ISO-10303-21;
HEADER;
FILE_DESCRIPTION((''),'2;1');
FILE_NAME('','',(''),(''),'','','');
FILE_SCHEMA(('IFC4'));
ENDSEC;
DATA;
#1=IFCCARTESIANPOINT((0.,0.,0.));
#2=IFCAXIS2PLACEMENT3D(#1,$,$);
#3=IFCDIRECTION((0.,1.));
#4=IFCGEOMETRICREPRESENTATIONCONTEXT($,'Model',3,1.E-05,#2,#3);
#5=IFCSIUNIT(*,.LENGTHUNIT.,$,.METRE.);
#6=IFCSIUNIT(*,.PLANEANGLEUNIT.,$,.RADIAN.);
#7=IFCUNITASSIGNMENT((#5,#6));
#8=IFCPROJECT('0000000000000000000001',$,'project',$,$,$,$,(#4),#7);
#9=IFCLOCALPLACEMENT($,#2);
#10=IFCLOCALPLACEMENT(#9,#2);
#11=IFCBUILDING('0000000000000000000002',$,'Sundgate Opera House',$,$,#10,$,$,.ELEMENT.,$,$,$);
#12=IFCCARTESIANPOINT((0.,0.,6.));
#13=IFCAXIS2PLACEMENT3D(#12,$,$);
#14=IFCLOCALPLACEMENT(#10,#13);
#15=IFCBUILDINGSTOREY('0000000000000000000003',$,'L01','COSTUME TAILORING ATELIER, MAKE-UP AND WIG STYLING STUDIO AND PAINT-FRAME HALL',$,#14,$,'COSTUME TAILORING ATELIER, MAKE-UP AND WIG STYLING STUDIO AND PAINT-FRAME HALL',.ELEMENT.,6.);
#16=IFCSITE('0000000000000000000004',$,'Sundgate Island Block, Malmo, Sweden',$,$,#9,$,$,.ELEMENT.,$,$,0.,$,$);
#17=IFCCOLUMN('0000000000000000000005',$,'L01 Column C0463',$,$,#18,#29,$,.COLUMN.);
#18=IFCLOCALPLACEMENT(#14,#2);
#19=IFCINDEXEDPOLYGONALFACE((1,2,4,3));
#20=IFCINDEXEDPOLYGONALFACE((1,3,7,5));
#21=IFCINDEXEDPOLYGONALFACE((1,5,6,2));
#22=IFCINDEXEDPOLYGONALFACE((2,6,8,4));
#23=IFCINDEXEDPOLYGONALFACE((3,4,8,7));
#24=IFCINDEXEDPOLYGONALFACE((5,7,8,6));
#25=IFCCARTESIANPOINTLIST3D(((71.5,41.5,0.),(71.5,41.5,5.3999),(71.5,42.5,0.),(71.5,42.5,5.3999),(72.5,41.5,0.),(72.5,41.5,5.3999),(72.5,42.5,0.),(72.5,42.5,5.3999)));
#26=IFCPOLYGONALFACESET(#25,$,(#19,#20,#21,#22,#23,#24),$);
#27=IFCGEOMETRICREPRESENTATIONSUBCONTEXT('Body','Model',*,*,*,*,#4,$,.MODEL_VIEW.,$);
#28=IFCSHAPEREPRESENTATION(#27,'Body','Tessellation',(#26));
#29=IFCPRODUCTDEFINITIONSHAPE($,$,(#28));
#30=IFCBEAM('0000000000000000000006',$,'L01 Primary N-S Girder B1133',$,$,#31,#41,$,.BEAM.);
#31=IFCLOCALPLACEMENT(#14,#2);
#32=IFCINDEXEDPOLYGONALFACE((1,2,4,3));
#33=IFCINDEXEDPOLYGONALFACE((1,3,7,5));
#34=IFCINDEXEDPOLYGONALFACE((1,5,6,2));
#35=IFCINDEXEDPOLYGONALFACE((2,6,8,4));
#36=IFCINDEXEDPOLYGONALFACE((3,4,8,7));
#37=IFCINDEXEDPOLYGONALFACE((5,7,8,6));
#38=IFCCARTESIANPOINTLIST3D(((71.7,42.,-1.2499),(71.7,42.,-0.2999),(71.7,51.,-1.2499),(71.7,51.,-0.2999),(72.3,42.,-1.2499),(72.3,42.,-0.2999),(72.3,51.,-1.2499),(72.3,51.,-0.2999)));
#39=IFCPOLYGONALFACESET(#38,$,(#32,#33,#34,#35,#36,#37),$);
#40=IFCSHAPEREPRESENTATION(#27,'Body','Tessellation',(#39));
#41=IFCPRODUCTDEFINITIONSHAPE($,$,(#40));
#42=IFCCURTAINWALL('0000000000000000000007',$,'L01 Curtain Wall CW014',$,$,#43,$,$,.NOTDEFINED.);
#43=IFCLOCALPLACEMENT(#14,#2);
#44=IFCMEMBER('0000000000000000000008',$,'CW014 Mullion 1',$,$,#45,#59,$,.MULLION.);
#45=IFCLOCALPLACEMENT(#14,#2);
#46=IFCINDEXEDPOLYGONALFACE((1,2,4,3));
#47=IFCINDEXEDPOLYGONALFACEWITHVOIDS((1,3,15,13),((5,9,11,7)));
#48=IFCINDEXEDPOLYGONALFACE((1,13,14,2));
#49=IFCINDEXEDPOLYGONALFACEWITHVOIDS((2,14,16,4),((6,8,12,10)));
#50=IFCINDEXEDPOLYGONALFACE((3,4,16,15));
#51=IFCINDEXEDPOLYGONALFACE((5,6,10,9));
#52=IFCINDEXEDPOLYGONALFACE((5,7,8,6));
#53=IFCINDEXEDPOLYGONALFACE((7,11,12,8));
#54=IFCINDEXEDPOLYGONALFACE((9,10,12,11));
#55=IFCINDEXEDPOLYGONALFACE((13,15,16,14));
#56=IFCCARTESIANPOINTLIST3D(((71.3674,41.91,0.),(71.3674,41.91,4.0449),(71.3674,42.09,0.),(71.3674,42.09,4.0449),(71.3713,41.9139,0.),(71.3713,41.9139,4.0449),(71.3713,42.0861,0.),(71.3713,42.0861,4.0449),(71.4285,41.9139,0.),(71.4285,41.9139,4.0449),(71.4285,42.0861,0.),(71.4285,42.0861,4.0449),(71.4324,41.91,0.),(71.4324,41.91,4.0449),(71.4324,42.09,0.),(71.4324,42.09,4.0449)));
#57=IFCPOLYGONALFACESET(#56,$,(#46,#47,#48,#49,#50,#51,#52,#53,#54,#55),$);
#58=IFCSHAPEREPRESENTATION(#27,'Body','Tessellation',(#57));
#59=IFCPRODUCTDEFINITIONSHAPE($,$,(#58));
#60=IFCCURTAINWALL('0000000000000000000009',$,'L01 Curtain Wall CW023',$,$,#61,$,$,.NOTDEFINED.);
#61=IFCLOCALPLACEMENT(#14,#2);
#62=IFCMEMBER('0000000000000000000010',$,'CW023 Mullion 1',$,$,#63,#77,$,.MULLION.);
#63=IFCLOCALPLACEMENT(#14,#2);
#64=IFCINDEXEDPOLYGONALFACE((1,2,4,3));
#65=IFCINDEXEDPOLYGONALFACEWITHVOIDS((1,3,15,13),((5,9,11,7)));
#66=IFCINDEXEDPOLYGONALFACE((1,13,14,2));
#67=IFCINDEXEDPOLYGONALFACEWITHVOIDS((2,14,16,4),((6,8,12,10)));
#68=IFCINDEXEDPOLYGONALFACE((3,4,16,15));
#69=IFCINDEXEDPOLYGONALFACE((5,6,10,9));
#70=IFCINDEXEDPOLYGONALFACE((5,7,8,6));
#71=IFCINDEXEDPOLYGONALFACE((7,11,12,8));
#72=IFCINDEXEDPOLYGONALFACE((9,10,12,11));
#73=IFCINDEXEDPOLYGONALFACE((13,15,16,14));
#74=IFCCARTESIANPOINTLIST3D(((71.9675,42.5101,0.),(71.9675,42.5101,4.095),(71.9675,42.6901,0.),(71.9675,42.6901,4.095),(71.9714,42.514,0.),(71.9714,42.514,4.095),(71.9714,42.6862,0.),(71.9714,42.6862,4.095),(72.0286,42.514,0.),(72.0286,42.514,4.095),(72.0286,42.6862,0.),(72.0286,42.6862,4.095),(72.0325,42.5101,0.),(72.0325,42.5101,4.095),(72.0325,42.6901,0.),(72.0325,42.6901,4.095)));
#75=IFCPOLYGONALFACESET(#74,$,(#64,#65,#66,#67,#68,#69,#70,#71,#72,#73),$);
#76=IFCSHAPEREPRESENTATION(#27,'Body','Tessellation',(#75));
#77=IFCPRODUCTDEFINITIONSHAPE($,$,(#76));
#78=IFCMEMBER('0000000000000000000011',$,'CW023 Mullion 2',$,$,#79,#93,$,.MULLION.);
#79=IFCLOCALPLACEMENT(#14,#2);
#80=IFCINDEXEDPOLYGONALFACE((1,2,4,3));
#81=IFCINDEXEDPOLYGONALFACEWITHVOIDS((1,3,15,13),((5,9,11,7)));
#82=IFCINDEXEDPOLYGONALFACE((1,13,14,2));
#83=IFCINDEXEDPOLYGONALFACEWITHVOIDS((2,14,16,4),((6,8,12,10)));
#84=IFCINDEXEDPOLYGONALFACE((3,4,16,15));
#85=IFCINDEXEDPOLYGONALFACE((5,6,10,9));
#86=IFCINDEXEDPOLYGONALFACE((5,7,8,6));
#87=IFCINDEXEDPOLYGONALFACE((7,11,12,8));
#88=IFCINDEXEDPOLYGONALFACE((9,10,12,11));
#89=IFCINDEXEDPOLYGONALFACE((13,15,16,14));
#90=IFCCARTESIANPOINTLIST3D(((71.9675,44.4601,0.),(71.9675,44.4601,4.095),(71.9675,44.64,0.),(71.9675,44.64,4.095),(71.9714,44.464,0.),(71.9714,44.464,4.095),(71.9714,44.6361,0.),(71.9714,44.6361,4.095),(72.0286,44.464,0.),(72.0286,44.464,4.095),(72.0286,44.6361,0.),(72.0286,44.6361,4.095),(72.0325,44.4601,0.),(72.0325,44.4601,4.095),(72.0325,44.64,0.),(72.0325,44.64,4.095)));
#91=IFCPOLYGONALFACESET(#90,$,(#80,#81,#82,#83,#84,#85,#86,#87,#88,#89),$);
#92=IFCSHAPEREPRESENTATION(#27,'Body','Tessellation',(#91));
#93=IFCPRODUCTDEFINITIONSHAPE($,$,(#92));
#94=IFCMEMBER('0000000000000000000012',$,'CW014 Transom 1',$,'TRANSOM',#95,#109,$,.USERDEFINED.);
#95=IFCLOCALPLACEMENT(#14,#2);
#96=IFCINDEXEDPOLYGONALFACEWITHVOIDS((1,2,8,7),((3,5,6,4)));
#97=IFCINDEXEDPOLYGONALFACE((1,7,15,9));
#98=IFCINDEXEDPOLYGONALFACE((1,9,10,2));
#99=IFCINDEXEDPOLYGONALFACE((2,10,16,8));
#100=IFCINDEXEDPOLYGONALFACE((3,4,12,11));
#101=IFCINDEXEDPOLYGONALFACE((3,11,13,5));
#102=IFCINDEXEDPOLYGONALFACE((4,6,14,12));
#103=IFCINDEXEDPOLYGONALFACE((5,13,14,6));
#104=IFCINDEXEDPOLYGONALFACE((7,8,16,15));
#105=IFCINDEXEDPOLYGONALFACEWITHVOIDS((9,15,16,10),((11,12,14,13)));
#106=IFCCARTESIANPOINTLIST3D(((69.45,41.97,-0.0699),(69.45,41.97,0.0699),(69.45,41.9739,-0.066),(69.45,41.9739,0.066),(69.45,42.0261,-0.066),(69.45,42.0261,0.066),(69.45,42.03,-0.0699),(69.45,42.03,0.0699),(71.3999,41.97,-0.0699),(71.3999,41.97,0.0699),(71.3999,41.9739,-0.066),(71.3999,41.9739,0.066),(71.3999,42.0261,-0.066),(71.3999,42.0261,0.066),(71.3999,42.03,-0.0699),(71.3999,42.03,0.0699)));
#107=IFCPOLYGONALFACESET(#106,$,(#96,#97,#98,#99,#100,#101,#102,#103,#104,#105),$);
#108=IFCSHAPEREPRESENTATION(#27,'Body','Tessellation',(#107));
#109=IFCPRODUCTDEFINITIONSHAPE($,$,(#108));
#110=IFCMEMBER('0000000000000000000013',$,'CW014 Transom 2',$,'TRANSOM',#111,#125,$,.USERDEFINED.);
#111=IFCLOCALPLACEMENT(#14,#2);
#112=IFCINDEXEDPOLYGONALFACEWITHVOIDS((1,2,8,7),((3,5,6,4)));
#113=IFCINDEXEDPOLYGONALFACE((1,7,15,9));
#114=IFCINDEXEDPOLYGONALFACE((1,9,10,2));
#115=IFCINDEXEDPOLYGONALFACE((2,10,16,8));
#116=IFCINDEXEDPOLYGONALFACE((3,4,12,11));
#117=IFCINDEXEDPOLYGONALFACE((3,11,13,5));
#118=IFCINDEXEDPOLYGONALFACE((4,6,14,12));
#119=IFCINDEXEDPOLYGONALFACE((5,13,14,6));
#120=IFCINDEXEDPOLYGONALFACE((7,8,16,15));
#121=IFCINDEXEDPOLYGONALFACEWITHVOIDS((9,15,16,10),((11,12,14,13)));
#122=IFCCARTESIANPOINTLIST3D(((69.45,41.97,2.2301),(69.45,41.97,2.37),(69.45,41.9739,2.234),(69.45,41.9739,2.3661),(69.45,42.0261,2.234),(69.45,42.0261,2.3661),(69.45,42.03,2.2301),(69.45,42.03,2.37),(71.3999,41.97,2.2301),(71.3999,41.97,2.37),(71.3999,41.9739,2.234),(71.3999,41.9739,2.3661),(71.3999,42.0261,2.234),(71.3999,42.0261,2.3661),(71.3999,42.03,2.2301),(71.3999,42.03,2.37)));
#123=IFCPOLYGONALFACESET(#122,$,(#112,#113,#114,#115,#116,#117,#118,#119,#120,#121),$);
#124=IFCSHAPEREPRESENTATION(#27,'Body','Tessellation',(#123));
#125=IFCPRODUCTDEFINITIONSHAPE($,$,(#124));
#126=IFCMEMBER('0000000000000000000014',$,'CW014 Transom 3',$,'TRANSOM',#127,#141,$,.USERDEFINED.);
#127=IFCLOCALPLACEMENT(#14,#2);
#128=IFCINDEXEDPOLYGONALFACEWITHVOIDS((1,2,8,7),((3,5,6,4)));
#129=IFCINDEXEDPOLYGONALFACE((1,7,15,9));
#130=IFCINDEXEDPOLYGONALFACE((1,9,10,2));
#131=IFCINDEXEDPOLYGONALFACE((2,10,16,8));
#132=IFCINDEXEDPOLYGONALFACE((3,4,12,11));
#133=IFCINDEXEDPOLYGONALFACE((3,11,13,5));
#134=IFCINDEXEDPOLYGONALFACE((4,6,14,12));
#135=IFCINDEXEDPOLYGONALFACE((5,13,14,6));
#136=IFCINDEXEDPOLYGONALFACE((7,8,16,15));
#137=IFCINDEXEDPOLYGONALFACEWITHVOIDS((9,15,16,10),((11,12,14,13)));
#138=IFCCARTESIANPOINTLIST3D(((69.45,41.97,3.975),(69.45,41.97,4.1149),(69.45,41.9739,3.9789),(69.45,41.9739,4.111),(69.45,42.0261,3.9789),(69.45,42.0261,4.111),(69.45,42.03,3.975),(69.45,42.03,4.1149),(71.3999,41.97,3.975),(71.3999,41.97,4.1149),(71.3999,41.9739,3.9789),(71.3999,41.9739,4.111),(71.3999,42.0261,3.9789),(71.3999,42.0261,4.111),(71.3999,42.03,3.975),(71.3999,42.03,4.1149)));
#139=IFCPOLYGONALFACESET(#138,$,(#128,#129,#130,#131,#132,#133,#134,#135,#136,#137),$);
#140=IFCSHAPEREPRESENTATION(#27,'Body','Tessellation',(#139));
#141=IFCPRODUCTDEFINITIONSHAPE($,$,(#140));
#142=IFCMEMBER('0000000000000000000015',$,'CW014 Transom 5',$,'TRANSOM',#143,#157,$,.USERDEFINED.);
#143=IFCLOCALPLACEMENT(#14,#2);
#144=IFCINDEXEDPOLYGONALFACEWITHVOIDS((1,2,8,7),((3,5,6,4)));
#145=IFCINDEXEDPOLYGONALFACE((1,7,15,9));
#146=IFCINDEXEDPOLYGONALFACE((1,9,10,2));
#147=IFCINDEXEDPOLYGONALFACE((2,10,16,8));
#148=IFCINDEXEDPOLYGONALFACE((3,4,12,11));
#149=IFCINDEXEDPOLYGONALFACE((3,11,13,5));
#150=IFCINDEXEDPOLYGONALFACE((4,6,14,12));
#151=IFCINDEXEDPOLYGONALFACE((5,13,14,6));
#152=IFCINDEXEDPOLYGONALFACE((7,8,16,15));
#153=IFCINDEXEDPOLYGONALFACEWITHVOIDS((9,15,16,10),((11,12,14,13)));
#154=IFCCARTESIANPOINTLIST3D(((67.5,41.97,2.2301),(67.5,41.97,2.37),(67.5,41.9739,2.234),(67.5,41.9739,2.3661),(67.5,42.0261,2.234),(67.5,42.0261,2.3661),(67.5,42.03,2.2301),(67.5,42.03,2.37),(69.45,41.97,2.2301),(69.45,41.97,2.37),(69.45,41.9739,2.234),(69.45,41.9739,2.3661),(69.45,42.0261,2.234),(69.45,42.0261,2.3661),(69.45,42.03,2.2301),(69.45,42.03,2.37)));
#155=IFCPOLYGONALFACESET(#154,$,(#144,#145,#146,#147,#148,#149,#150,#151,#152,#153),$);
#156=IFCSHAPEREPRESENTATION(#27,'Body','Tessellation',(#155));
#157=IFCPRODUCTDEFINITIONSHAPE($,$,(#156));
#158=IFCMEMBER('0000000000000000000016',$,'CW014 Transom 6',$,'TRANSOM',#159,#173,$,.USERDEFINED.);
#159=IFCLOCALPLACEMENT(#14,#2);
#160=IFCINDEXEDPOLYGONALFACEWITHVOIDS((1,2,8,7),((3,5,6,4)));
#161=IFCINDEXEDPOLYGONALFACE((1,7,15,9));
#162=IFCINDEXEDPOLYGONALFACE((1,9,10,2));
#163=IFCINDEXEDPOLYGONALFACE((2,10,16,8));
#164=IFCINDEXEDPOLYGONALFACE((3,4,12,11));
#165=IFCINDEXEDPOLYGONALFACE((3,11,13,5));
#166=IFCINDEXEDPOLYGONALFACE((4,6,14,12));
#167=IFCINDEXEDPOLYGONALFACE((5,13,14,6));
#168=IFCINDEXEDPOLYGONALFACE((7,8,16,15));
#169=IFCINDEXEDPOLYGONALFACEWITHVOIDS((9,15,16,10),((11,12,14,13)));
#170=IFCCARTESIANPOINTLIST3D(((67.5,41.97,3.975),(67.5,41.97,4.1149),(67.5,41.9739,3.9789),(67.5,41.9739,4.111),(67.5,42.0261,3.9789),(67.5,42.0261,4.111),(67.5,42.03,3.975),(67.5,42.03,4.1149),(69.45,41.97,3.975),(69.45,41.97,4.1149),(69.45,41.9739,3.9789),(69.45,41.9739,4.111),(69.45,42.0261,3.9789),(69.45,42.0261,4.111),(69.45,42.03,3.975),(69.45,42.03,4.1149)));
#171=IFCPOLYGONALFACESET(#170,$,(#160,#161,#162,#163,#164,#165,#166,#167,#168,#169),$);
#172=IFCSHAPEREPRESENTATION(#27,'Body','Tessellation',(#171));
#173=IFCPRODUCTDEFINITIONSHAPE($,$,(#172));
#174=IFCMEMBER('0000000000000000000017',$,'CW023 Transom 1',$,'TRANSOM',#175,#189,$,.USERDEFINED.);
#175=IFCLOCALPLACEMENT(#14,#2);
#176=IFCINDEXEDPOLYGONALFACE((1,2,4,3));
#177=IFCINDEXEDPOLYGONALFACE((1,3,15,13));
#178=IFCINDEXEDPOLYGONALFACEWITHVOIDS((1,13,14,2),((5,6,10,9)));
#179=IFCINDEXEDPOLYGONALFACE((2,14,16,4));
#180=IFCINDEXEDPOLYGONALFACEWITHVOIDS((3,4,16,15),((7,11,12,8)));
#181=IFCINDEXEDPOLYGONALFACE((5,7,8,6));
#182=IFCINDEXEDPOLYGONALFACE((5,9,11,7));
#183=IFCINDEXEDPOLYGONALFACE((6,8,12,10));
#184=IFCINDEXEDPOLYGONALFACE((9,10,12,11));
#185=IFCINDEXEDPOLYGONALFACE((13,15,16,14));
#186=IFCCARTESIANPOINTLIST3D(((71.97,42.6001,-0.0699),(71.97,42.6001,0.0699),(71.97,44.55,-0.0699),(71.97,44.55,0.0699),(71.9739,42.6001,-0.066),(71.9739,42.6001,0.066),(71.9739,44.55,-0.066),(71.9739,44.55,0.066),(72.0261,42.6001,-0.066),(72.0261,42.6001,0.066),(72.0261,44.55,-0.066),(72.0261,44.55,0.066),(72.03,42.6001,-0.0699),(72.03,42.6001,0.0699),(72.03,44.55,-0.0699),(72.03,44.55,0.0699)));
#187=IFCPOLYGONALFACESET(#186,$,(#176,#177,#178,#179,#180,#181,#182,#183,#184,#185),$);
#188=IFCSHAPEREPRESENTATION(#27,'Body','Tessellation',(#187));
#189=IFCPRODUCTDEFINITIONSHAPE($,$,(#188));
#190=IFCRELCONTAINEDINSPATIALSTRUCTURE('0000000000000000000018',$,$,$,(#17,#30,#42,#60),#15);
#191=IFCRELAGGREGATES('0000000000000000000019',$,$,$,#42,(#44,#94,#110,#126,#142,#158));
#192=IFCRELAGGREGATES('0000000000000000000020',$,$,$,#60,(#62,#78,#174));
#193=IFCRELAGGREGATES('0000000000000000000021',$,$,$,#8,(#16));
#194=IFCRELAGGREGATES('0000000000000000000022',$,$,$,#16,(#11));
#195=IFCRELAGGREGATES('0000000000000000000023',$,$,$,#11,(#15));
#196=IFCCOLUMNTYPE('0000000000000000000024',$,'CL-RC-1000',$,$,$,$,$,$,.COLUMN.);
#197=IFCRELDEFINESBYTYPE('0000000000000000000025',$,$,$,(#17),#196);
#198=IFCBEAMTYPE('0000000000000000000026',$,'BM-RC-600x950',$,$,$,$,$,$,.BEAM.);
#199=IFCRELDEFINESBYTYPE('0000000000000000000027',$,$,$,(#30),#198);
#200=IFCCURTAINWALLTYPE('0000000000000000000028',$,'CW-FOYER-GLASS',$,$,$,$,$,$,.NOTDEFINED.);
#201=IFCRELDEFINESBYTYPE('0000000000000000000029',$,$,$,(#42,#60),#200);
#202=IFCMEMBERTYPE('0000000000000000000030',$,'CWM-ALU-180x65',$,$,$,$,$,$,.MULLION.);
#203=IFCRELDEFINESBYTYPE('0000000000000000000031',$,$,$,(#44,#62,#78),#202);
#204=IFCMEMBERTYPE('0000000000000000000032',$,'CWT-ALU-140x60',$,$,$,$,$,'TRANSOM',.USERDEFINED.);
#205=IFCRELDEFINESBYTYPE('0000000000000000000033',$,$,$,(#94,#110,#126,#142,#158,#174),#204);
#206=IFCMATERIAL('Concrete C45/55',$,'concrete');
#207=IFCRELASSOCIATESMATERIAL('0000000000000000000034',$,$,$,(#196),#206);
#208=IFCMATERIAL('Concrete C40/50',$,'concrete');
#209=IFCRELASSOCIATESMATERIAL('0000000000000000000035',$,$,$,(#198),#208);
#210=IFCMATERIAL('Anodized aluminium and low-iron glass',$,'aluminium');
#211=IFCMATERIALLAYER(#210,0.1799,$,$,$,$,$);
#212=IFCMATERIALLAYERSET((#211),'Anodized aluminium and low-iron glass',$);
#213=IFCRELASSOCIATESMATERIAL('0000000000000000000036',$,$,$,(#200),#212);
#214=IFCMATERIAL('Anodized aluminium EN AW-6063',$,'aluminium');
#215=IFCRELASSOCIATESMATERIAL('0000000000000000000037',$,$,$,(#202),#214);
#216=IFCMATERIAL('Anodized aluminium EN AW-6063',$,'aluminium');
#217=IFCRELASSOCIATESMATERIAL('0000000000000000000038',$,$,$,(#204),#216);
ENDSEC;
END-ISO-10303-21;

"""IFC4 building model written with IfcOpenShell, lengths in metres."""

from ifc_helpers import new_model, si_unit, direction, frame, origin, origin_2d, place, context, subcontext, project, spatial, rectangle, hollow_rectangle, extrude, material, layer, layer_set, material_profile, profile_set, type_object, element, aggregate, save


model = new_model("IFC4")

# Units and contexts
model_context = context("Model", 3, precision=1e-05, world=origin(), true_north=direction((0.0, 1.0)))
body_context = subcontext(model_context, "Body", "Model", "MODEL_VIEW")
ifc_project = project(units=[si_unit("LENGTHUNIT", "METRE"), si_unit("PLANEANGLEUNIT", "RADIAN")], contexts=[model_context])

# Site, building, storey
site_placement = place(None, origin())
site = spatial("IfcSite", under=ifc_project, at=site_placement, Name="Sundgate Island Block, Malmo, Sweden", CompositionType="ELEMENT", RefElevation=0.0)
building_placement = place(site_placement, origin())
building = spatial("IfcBuilding", under=site, at=building_placement, Name="Sundgate Opera House", CompositionType="ELEMENT")
storey_placement = place(building_placement, frame((0.0, 0.0, 6.0)))
storey = spatial("IfcBuildingStorey", under=building, at=storey_placement, Name="L01", Description="COSTUME TAILORING ATELIER, MAKE-UP AND WIG STYLING STUDIO AND PAINT-FRAME HALL", LongName="COSTUME TAILORING ATELIER, MAKE-UP AND WIG STYLING STUDIO AND PAINT-FRAME HALL", CompositionType="ELEMENT", Elevation=6.0)

# Column
ifc_material_1 = material(Name="Concrete C45/55", Category="concrete")
ifc_material_profile_1 = material_profile(ifc_material_1, rectangle(XDim=1.0, YDim=1.0, at=origin_2d()), Name="RC 1000x1000")
ifc_profile_set_1 = profile_set([ifc_material_profile_1], Name="Concrete C45/55")
column_type = type_object("IfcColumnType", Name="CL-RC-1000", PredefinedType="COLUMN", material=ifc_profile_set_1)
column_placement = place(storey_placement, frame((72.0, 42.0, 0.0), z_axis=(0.0, 0.0, 1.0), x_axis=(1.0, 0.0, 0.0)))
element("IfcColumn", 1, at=column_placement, inside=storey, type_object=column_type, Name="L01 Column C0463", PredefinedType="COLUMN", context=body_context, shape_type="SweptSolid", body=[
    extrude(rectangle(XDim=1.0, YDim=1.0, at=origin_2d()), origin(), (0.0, 0.0, 1.0), 5.3999),
])

# Beam
ifc_material_2 = material(Name="Concrete C40/50", Category="concrete")
ifc_material_profile_2 = material_profile(ifc_material_2, rectangle(XDim=0.6001, YDim=0.95, at=origin_2d()), Name="RC 600x950")
ifc_profile_set_2 = profile_set([ifc_material_profile_2], Name="Concrete C40/50")
beam_type = type_object("IfcBeamType", Name="BM-RC-600x950", PredefinedType="BEAM", material=ifc_profile_set_2)
beam_placement = place(storey_placement, frame((72.0, 42.0, -0.7749), z_axis=(0.0, 1.0, 0.0), x_axis=(-1.0, 0.0, 0.0)))
element("IfcBeam", 2, at=beam_placement, inside=storey, type_object=beam_type, Name="L01 Primary N-S Girder B1133", PredefinedType="BEAM", context=body_context, shape_type="SweptSolid", body=[
    extrude(rectangle(XDim=0.6001, YDim=0.95, at=origin_2d()), origin(), (0.0, 0.0, 1.0), 9.0),
])

# Curtain wall, member
ifc_material_3 = material(Name="Anodized aluminium and low-iron glass", Category="aluminium")
ifc_layer_1 = layer(ifc_material_3, 0.1799)
ifc_layer_set_1 = layer_set([ifc_layer_1], Name="Anodized aluminium and low-iron glass")
curtain_wall_type = type_object("IfcCurtainWallType", Name="CW-FOYER-GLASS", PredefinedType="NOTDEFINED", material=ifc_layer_set_1)
curtain_wall_1_placement = place(storey_placement, origin())
curtain_wall_1 = element("IfcCurtainWall", 3, at=curtain_wall_1_placement, inside=storey, type_object=curtain_wall_type, Name="L01 Curtain Wall CW014", PredefinedType="NOTDEFINED")
ifc_material_4 = material(Name="Anodized aluminium EN AW-6063", Category="aluminium")
ifc_material_profile_3 = material_profile(ifc_material_4, hollow_rectangle(XDim=0.0649, YDim=0.1799, WallThickness=0.0039, at=origin_2d()), Name="CWM 180x65x4")
ifc_profile_set_3 = profile_set([ifc_material_profile_3], Name="Anodized aluminium EN AW-6063")
member_type_1 = type_object("IfcMemberType", Name="CWM-ALU-180x65", PredefinedType="MULLION", material=ifc_profile_set_3)
member_1_placement = place(storey_placement, frame((71.3999, 42.0, 0.0), z_axis=(0.0, 0.0, 1.0), x_axis=(1.0, 0.0, 0.0)))
member_1 = element("IfcMember", 4, at=member_1_placement, type_object=member_type_1, Name="CW014 Mullion 1", PredefinedType="MULLION", context=body_context, shape_type="SweptSolid", body=[
    extrude(hollow_rectangle(XDim=0.0649, YDim=0.1799, WallThickness=0.0039, at=origin_2d()), origin(), (0.0, 0.0, 1.0), 4.0449),
])

# Curtain wall, members
curtain_wall_2_placement = place(storey_placement, origin())
curtain_wall_2 = element("IfcCurtainWall", 5, at=curtain_wall_2_placement, inside=storey, type_object=curtain_wall_type, Name="L01 Curtain Wall CW023", PredefinedType="NOTDEFINED")
member_2_placement = place(storey_placement, frame((72.0, 42.6001, 0.0), z_axis=(0.0, 0.0, 1.0), x_axis=(1.0, 0.0, 0.0)))
member_2 = element("IfcMember", 6, at=member_2_placement, type_object=member_type_1, Name="CW023 Mullion 1", PredefinedType="MULLION", context=body_context, shape_type="SweptSolid", body=[
    extrude(hollow_rectangle(XDim=0.0649, YDim=0.1799, WallThickness=0.0039, at=origin_2d()), origin(), (0.0, 0.0, 1.0), 4.095),
])
member_3_placement = place(storey_placement, frame((72.0, 44.55, 0.0), z_axis=(0.0, 0.0, 1.0), x_axis=(1.0, 0.0, 0.0)))
member_3 = element("IfcMember", 7, at=member_3_placement, type_object=member_type_1, Name="CW023 Mullion 2", PredefinedType="MULLION", context=body_context, shape_type="SweptSolid", body=[
    extrude(hollow_rectangle(XDim=0.0649, YDim=0.1799, WallThickness=0.0039, at=origin_2d()), origin(), (0.0, 0.0, 1.0), 4.095),
])

# Members
ifc_material_5 = material(Name="Anodized aluminium EN AW-6063", Category="aluminium")
ifc_material_profile_4 = material_profile(ifc_material_5, hollow_rectangle(XDim=0.0601, YDim=0.1399, WallThickness=0.0039, at=origin_2d()), Name="CWT 140x60x4")
ifc_profile_set_4 = profile_set([ifc_material_profile_4], Name="Anodized aluminium EN AW-6063")
member_type_2 = type_object("IfcMemberType", Name="CWT-ALU-140x60", ElementType="TRANSOM", PredefinedType="USERDEFINED", material=ifc_profile_set_4)
member_4_placement = place(storey_placement, frame((71.3999, 42.0, 0.0), z_axis=(-1.0, 0.0, 0.0), x_axis=(0.0, -1.0, 0.0)))
member_4 = element("IfcMember", 8, at=member_4_placement, type_object=member_type_2, Name="CW014 Transom 1", ObjectType="TRANSOM", PredefinedType="USERDEFINED", context=body_context, shape_type="SweptSolid", body=[
    extrude(hollow_rectangle(XDim=0.0601, YDim=0.1399, WallThickness=0.0039, at=origin_2d()), origin(), (0.0, 0.0, 1.0), 1.95),
])
member_5_placement = place(storey_placement, frame((71.3999, 42.0, 2.3), z_axis=(-1.0, 0.0, 0.0), x_axis=(0.0, -1.0, 0.0)))
member_5 = element("IfcMember", 9, at=member_5_placement, type_object=member_type_2, Name="CW014 Transom 2", ObjectType="TRANSOM", PredefinedType="USERDEFINED", context=body_context, shape_type="SweptSolid", body=[
    extrude(hollow_rectangle(XDim=0.0601, YDim=0.1399, WallThickness=0.0039, at=origin_2d()), origin(), (0.0, 0.0, 1.0), 1.95),
])
member_6_placement = place(storey_placement, frame((71.3999, 42.0, 4.0449), z_axis=(-1.0, 0.0, 0.0), x_axis=(0.0, -1.0, 0.0)))
member_6 = element("IfcMember", 10, at=member_6_placement, type_object=member_type_2, Name="CW014 Transom 3", ObjectType="TRANSOM", PredefinedType="USERDEFINED", context=body_context, shape_type="SweptSolid", body=[
    extrude(hollow_rectangle(XDim=0.0601, YDim=0.1399, WallThickness=0.0039, at=origin_2d()), origin(), (0.0, 0.0, 1.0), 1.95),
])
member_7_placement = place(storey_placement, frame((69.45, 42.0, 2.3), z_axis=(-1.0, 0.0, 0.0), x_axis=(0.0, -1.0, 0.0)))
member_7 = element("IfcMember", 11, at=member_7_placement, type_object=member_type_2, Name="CW014 Transom 5", ObjectType="TRANSOM", PredefinedType="USERDEFINED", context=body_context, shape_type="SweptSolid", body=[
    extrude(hollow_rectangle(XDim=0.0601, YDim=0.1399, WallThickness=0.0039, at=origin_2d()), origin(), (0.0, 0.0, 1.0), 1.95),
])
member_8_placement = place(storey_placement, frame((69.45, 42.0, 4.0449), z_axis=(-1.0, 0.0, 0.0), x_axis=(0.0, -1.0, 0.0)))
member_8 = element("IfcMember", 12, at=member_8_placement, type_object=member_type_2, Name="CW014 Transom 6", ObjectType="TRANSOM", PredefinedType="USERDEFINED", context=body_context, shape_type="SweptSolid", body=[
    extrude(hollow_rectangle(XDim=0.0601, YDim=0.1399, WallThickness=0.0039, at=origin_2d()), origin(), (0.0, 0.0, 1.0), 1.95),
])
member_9_placement = place(storey_placement, frame((72.0, 42.6001, 0.0), z_axis=(0.0, 1.0, 0.0), x_axis=(-1.0, 0.0, 0.0)))
member_9 = element("IfcMember", 13, at=member_9_placement, type_object=member_type_2, Name="CW023 Transom 1", ObjectType="TRANSOM", PredefinedType="USERDEFINED", context=body_context, shape_type="SweptSolid", body=[
    extrude(hollow_rectangle(XDim=0.0601, YDim=0.1399, WallThickness=0.0039, at=origin_2d()), origin(), (0.0, 0.0, 1.0), 1.95),
])

aggregate(curtain_wall_1, [member_1, member_4, member_5, member_6, member_7, member_8])
aggregate(curtain_wall_2, [member_2, member_3, member_9])

save(model, "model.ifc")
